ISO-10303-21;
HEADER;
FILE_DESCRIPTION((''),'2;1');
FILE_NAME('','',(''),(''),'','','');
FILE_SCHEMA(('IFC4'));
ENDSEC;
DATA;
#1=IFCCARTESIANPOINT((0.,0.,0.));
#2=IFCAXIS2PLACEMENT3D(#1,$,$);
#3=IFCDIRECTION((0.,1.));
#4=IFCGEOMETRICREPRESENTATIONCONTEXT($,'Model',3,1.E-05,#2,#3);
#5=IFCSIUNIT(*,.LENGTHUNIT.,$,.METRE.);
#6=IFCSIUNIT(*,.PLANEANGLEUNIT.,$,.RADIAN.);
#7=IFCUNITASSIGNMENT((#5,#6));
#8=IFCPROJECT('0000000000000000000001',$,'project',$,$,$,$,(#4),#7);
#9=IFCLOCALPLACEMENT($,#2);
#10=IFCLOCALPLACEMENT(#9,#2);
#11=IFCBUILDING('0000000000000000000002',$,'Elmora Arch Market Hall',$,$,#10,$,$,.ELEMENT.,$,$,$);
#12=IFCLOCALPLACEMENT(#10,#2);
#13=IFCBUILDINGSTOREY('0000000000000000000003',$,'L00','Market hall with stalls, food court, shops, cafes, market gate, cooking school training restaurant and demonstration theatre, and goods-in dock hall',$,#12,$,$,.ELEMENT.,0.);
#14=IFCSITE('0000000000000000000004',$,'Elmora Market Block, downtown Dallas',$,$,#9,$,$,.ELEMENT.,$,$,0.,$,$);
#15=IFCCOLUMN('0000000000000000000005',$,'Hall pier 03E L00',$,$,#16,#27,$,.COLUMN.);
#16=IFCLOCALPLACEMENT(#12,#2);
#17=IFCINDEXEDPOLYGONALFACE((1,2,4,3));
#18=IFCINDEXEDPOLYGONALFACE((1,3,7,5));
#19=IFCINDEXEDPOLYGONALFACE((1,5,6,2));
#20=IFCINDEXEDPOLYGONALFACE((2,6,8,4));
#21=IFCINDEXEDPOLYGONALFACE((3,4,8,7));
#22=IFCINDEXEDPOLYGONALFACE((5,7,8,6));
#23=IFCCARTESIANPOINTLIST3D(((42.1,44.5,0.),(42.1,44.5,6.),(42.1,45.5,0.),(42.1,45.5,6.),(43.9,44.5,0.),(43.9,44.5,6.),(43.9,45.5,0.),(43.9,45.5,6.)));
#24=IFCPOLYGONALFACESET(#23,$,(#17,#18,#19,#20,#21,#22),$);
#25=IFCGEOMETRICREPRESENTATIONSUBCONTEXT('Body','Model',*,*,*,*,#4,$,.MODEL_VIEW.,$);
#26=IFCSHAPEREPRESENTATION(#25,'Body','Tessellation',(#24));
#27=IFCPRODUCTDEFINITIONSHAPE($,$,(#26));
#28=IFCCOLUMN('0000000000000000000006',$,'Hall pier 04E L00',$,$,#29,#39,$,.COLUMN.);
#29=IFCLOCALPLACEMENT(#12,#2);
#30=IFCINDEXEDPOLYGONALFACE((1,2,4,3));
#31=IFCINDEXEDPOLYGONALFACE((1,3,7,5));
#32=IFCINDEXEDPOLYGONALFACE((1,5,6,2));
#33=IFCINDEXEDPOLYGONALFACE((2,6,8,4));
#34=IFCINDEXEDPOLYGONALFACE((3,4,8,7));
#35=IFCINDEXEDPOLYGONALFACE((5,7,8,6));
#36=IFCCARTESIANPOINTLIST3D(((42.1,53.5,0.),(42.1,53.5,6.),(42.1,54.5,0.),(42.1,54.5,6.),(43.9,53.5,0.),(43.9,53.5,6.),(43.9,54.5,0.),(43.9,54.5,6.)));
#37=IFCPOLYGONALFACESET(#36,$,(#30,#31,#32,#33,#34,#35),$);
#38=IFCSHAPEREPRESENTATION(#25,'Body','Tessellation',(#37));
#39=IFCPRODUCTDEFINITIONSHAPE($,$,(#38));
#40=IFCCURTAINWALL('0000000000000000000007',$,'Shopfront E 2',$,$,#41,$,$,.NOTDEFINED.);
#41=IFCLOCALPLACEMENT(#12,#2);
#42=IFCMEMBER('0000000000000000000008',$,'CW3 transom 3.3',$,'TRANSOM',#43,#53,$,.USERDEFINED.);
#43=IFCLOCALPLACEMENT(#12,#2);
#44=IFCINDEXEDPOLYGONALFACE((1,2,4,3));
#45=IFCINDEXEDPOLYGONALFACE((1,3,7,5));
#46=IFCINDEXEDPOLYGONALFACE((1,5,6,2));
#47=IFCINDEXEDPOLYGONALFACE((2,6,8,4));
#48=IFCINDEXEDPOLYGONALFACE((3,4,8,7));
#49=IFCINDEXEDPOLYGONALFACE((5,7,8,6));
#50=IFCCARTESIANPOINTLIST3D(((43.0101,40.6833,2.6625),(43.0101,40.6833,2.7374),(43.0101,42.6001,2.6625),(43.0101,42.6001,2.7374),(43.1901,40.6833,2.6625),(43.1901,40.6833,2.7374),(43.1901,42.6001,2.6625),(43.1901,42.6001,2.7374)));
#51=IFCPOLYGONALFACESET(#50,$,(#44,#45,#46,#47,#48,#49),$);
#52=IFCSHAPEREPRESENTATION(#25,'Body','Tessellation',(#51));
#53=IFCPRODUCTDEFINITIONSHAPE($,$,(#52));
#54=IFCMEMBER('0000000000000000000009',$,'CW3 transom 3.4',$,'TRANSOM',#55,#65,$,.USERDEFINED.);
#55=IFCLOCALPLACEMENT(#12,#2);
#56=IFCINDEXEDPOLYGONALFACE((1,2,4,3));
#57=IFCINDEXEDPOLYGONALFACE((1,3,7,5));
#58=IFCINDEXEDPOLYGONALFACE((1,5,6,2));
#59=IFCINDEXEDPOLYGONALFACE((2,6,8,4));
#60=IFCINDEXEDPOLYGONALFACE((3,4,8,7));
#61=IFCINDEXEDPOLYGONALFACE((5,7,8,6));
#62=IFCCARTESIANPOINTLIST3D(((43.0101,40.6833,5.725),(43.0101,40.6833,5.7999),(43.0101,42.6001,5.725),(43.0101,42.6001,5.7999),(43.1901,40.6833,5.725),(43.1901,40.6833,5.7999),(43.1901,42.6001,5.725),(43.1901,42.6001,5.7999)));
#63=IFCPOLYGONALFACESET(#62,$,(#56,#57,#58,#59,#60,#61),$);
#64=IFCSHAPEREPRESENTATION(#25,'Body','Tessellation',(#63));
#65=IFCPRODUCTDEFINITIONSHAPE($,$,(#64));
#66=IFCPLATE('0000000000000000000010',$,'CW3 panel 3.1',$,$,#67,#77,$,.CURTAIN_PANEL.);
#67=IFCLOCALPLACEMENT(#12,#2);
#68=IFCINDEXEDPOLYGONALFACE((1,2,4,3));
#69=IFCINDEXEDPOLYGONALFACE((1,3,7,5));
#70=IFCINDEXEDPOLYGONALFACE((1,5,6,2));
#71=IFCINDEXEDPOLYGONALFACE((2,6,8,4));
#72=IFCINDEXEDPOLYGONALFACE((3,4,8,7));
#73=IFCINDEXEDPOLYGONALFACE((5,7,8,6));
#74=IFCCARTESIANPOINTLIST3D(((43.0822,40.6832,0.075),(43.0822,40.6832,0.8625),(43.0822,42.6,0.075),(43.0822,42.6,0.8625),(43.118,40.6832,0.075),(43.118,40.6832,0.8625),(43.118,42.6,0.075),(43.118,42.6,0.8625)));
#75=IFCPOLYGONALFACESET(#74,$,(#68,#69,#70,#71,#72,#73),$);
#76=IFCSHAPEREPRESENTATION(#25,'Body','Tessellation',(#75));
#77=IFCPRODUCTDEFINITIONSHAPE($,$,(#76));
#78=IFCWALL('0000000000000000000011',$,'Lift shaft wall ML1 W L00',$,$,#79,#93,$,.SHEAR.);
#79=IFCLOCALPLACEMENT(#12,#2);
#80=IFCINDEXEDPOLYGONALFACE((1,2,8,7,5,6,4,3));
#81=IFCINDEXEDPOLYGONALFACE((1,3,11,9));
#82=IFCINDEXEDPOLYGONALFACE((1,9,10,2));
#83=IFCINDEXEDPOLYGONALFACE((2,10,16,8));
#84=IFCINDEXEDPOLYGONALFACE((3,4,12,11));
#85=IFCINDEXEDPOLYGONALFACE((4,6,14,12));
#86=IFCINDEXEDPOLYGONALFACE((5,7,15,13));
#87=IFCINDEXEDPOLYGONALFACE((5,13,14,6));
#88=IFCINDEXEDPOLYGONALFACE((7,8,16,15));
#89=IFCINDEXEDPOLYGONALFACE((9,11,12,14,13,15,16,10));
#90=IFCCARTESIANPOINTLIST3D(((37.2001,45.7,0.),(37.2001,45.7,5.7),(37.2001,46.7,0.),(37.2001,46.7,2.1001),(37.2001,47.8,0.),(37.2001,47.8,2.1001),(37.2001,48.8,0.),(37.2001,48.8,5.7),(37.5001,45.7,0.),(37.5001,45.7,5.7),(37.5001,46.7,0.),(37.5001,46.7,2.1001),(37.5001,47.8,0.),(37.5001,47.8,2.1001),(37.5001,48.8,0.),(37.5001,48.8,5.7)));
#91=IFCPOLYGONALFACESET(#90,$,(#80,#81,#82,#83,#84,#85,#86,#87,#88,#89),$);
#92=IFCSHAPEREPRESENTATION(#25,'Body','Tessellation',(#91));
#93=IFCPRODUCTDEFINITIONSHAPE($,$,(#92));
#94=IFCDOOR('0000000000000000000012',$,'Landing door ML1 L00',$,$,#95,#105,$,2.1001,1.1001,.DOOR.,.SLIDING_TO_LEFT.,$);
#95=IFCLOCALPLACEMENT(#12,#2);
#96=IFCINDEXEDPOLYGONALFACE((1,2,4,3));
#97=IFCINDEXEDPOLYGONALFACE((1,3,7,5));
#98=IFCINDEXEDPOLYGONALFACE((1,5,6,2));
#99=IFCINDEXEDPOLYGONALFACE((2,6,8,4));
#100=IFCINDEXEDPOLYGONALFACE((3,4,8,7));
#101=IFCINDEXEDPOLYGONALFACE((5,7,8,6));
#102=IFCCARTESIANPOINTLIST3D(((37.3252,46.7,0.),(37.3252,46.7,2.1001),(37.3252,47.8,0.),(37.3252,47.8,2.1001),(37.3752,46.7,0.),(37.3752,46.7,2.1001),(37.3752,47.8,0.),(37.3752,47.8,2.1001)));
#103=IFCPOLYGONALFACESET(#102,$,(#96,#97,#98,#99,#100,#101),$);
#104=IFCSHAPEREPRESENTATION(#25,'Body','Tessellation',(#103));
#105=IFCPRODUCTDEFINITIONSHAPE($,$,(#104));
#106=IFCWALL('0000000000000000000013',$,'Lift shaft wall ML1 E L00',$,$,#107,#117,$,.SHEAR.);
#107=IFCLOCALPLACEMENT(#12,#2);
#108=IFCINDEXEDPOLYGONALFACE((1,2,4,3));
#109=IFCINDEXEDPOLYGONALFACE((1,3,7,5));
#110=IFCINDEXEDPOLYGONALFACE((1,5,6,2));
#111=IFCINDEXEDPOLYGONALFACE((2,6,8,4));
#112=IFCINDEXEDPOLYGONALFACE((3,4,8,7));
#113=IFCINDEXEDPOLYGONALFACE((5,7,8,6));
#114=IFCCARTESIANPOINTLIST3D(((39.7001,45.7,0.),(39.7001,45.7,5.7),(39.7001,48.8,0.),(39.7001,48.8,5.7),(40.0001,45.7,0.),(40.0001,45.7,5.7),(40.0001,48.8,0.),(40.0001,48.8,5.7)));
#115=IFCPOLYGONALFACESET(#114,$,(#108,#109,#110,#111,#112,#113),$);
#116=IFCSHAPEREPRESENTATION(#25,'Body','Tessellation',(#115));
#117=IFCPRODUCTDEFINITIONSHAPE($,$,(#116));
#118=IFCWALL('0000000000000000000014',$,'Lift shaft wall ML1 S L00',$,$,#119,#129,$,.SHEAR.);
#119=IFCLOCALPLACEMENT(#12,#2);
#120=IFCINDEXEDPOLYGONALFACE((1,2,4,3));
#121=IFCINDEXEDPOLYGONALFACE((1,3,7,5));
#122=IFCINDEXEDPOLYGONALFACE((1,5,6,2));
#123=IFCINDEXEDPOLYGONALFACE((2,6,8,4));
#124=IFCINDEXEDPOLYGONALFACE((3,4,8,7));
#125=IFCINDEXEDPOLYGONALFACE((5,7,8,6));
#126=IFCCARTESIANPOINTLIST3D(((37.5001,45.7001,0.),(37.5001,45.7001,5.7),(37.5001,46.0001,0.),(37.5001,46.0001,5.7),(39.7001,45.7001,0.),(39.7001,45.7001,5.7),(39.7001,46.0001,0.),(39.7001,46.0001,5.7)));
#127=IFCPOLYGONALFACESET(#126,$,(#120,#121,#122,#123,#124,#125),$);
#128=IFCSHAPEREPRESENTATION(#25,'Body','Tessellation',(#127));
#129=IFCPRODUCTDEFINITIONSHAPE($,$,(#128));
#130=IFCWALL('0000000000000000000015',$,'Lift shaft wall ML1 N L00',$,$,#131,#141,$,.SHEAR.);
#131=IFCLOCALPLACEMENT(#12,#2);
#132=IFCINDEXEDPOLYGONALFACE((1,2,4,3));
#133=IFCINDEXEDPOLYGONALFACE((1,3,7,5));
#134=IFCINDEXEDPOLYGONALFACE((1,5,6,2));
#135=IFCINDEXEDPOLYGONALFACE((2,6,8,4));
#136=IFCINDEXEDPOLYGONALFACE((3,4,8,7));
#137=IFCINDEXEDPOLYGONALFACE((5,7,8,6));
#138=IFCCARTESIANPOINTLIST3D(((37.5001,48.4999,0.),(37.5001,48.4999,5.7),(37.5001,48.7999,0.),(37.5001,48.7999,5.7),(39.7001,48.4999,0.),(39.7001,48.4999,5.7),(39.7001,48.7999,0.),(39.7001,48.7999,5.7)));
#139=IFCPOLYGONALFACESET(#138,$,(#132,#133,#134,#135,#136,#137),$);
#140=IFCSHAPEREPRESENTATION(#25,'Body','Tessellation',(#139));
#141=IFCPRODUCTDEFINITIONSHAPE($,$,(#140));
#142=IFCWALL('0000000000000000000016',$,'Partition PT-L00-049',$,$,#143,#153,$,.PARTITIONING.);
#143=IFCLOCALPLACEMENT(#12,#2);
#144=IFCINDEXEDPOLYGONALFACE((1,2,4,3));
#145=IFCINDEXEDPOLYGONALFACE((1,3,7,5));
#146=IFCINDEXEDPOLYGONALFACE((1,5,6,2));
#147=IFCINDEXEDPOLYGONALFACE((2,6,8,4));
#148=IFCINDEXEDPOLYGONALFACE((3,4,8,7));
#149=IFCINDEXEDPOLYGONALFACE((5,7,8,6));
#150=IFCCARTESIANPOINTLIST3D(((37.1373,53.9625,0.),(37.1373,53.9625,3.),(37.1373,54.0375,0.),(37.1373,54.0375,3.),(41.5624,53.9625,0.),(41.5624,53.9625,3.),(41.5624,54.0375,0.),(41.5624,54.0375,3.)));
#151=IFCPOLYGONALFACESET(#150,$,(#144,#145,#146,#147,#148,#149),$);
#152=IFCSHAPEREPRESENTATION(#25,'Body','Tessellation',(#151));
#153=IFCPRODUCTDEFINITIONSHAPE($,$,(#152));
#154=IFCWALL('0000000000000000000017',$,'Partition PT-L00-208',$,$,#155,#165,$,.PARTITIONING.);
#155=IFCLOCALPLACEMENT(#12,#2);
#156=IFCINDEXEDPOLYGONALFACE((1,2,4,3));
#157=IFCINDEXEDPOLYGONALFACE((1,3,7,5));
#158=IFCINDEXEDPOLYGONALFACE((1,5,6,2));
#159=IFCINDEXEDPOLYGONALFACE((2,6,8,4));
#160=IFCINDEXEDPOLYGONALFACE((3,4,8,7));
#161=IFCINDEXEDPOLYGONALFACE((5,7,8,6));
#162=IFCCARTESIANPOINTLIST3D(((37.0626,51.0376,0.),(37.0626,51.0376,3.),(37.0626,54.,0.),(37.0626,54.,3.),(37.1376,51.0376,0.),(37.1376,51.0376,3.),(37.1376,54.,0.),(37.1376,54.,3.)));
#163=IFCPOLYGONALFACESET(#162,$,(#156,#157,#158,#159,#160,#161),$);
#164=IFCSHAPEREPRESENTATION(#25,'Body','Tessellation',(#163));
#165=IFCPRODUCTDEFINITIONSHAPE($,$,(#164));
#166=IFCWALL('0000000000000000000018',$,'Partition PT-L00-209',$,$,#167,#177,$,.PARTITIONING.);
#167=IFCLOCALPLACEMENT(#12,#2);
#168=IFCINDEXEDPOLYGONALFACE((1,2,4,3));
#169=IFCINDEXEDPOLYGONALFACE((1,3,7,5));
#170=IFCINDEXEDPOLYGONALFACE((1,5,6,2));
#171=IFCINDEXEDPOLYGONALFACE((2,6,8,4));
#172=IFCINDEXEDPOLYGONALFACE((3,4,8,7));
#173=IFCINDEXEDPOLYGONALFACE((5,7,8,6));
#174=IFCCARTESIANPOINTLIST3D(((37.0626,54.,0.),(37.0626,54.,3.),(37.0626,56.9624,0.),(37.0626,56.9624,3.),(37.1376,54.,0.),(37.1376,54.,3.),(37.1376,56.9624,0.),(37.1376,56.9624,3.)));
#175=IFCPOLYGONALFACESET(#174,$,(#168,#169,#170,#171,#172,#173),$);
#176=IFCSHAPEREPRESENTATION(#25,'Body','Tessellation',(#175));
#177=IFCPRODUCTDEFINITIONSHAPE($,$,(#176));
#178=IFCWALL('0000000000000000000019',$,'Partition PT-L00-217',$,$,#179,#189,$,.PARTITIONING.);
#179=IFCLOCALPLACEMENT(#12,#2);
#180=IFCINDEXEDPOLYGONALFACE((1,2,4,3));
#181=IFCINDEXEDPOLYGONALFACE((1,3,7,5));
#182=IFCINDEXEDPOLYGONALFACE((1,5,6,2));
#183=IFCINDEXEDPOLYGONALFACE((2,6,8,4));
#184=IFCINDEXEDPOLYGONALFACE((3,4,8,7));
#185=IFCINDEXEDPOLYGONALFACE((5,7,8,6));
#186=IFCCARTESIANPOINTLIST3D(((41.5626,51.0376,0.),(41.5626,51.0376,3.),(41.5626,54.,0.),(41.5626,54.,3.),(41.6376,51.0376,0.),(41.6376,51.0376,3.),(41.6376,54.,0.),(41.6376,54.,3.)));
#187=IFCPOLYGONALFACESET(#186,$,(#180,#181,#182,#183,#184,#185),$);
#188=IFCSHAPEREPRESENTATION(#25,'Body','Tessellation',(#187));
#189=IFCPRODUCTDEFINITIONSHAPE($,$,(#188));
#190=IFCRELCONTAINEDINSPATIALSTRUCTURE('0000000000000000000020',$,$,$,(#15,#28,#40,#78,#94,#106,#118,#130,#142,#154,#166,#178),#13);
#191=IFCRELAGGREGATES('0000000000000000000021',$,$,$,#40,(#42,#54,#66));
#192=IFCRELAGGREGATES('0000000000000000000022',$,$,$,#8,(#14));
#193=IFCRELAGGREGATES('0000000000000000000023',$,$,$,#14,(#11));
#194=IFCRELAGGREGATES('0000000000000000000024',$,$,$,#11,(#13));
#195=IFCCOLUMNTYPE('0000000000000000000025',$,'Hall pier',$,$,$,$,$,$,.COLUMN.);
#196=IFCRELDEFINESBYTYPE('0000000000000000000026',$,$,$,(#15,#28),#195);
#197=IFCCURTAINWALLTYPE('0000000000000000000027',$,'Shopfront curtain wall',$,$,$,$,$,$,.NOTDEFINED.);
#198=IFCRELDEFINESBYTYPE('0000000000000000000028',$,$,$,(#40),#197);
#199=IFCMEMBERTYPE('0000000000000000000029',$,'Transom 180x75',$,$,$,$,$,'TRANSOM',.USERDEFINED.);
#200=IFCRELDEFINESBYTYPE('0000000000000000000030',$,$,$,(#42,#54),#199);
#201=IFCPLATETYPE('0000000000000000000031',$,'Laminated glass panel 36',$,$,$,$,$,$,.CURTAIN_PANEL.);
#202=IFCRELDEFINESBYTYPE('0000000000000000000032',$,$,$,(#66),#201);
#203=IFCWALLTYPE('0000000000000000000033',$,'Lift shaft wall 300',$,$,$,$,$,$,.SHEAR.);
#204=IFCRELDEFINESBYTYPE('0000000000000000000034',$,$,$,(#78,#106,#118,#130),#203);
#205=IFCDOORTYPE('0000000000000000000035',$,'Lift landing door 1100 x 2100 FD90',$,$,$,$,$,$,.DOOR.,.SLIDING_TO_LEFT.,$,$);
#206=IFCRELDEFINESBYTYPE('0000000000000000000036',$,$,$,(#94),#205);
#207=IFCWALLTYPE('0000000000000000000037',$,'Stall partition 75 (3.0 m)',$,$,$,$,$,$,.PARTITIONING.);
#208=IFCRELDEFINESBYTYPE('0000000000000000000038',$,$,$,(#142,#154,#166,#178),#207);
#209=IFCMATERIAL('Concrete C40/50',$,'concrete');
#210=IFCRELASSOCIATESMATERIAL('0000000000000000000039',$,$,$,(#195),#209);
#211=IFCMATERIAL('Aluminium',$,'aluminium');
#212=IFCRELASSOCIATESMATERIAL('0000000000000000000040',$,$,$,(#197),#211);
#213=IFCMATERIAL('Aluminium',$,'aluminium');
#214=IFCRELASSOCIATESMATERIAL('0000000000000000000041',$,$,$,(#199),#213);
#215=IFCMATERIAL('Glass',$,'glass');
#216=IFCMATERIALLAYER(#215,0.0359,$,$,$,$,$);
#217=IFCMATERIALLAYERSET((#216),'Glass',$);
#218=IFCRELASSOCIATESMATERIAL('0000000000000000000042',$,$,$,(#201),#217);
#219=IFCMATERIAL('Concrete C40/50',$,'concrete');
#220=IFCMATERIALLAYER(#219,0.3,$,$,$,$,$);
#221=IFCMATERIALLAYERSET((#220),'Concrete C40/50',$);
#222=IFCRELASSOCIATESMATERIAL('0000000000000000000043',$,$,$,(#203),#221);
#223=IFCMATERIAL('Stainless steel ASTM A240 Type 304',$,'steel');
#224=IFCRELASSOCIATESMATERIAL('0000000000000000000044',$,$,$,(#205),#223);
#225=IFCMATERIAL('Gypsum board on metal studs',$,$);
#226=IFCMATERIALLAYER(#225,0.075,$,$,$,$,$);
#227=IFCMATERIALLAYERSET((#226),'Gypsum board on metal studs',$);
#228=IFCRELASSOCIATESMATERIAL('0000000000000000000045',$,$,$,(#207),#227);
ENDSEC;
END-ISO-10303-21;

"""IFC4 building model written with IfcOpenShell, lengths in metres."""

from ifc_helpers import new_model, si_unit, direction, frame, frame_2d, origin, origin_2d, place, context, subcontext, project, spatial, rectangle, extrude, material, layer, layer_set, material_profile, profile_set, type_object, element, fill, aggregate, save


model = new_model("IFC4")

# Units and contexts
model_context = context("Model", 3, precision=1e-05, world=origin(), true_north=direction((0.0, 1.0)))
body_context = subcontext(model_context, "Body", "Model", "MODEL_VIEW")
ifc_project = project(units=[si_unit("LENGTHUNIT", "METRE"), si_unit("PLANEANGLEUNIT", "RADIAN")], contexts=[model_context])

# Site, building, storey
site_placement = place(None, origin())
site = spatial("IfcSite", under=ifc_project, at=site_placement, Name="Elmora Market Block, downtown Dallas", CompositionType="ELEMENT", RefElevation=0.0)
building_placement = place(site_placement, origin())
building = spatial("IfcBuilding", under=site, at=building_placement, Name="Elmora Arch Market Hall", CompositionType="ELEMENT")
storey_placement = place(building_placement, origin())
storey = spatial("IfcBuildingStorey", under=building, at=storey_placement, Name="L00", Description="Market hall with stalls, food court, shops, cafes, market gate, cooking school training restaurant and demonstration theatre, and goods-in dock hall", CompositionType="ELEMENT", Elevation=0.0)

# Columns
ifc_material_1 = material(Name="Concrete C40/50", Category="concrete")
ifc_material_profile_1 = material_profile(ifc_material_1, rectangle(XDim=1.8, YDim=1.0, at=origin_2d()), Name="Hall pier")
ifc_profile_set_1 = profile_set([ifc_material_profile_1], Name="Concrete C40/50")
column_type = type_object("IfcColumnType", Name="Hall pier", PredefinedType="COLUMN", material=ifc_profile_set_1)
for number, where, z_axis, x_axis, name in (
    (1, (43.0, 45.0, 0.0), (0.0, 0.0, 1.0), (1.0, 0.0, 0.0), "Hall pier 03E L00"),
    (2, (43.0, 54.0, 0.0), (0.0, 0.0, 1.0), (1.0, 0.0, 0.0), "Hall pier 04E L00"),
):
    element("IfcColumn", number, at=place(storey_placement, frame(where, z_axis=z_axis, x_axis=x_axis)), inside=storey, type_object=column_type, Name=name, PredefinedType="COLUMN", context=body_context, shape_type="SweptSolid", body=[
        extrude(rectangle(XDim=1.8, YDim=1.0, at=origin_2d()), origin(), (0.0, 0.0, 1.0), 6.0),
    ])

# Curtain wall, members, plate
ifc_material_2 = material(Name="Aluminium", Category="aluminium")
curtain_wall_type = type_object("IfcCurtainWallType", Name="Shopfront curtain wall", PredefinedType="NOTDEFINED", material=ifc_material_2)
curtain_wall_placement = place(storey_placement, origin())
curtain_wall = element("IfcCurtainWall", 3, at=curtain_wall_placement, inside=storey, type_object=curtain_wall_type, Name="Shopfront E 2", PredefinedType="NOTDEFINED")
ifc_material_3 = material(Name="Aluminium", Category="aluminium")
ifc_material_profile_2 = material_profile(ifc_material_3, rectangle(XDim=0.1799, YDim=0.075, at=origin_2d()), Name="AL 180x75")
ifc_profile_set_2 = profile_set([ifc_material_profile_2], Name="Aluminium")
member_type = type_object("IfcMemberType", Name="Transom 180x75", ElementType="TRANSOM", PredefinedType="USERDEFINED", material=ifc_profile_set_2)
member_1_placement = place(storey_placement, frame((43.1001, 40.6833, 2.7), z_axis=(0.0, 1.0, 0.0), x_axis=(-1.0, 0.0, 0.0)))
member_1 = element("IfcMember", 4, at=member_1_placement, type_object=member_type, Name="CW3 transom 3.3", ObjectType="TRANSOM", PredefinedType="USERDEFINED", context=body_context, shape_type="SweptSolid", body=[
    extrude(rectangle(XDim=0.1799, YDim=0.075, at=origin_2d()), origin(), (0.0, 0.0, 1.0), 1.9167),
])
member_2_placement = place(storey_placement, frame((43.1001, 40.6833, 5.7625), z_axis=(0.0, 1.0, 0.0), x_axis=(-1.0, 0.0, 0.0)))
member_2 = element("IfcMember", 5, at=member_2_placement, type_object=member_type, Name="CW3 transom 3.4", ObjectType="TRANSOM", PredefinedType="USERDEFINED", context=body_context, shape_type="SweptSolid", body=[
    extrude(rectangle(XDim=0.1799, YDim=0.075, at=origin_2d()), origin(), (0.0, 0.0, 1.0), 1.9167),
])
ifc_material_4 = material(Name="Glass", Category="glass")
ifc_layer_1 = layer(ifc_material_4, 0.0359)
ifc_layer_set_1 = layer_set([ifc_layer_1], Name="Glass")
plate_type = type_object("IfcPlateType", Name="Laminated glass panel 36", PredefinedType="CURTAIN_PANEL", material=ifc_layer_set_1)
plate_placement = place(storey_placement, frame((43.1001, 41.6416, 0.075), z_axis=(0.0, 0.0, 1.0), x_axis=(0.0, 1.0, 0.0)))
plate = element("IfcPlate", 6, at=plate_placement, type_object=plate_type, Name="CW3 panel 3.1", PredefinedType="CURTAIN_PANEL", context=body_context, shape_type="SweptSolid", body=[
    extrude(rectangle(XDim=1.9167, YDim=0.0359, at=origin_2d()), origin(), (0.0, 0.0, 1.0), 0.7876),
])
aggregate(curtain_wall, [member_1, member_2, plate])

# Wall, opening, door
ifc_material_5 = material(Name="Concrete C40/50", Category="concrete")
ifc_layer_2 = layer(ifc_material_5, 0.3)
ifc_layer_set_2 = layer_set([ifc_layer_2], Name="Concrete C40/50")
wall_type_1 = type_object("IfcWallType", Name="Lift shaft wall 300", PredefinedType="SHEAR", material=ifc_layer_set_2)
wall_1_placement = place(storey_placement, frame((37.3501, 45.7, 0.0), z_axis=(0.0, 0.0, 1.0), x_axis=(0.0, 1.0, 0.0)))
wall_1 = element("IfcWall", 7, at=wall_1_placement, inside=storey, type_object=wall_type_1, Name="Lift shaft wall ML1 W L00", PredefinedType="SHEAR", context=body_context, shape_type="SweptSolid", body=[
    extrude(rectangle(XDim=3.1001, YDim=0.3, at=frame_2d((1.55, 0.0))), origin(), (0.0, 0.0, 1.0), 5.7),
])
opening_1_placement = place(wall_1_placement, frame((1.0, 0.0, 0.0)))
opening_1 = element("IfcOpeningElement", 8, at=opening_1_placement, cuts=wall_1, PredefinedType="OPENING", context=body_context, shape_type="SweptSolid", body=[
    extrude(rectangle(XDim=1.1001, YDim=2.1001, at=frame_2d((0.55, 1.05))), frame((0.0, 0.1599, 0.0), z_axis=(0.0, -1.0, 0.0), x_axis=(1.0, 0.0, 0.0)), (0.0, 0.0, 1.0), 0.3201),
])
ifc_material_6 = material(Name="Stainless steel ASTM A240 Type 304", Category="steel")
door_type_1 = type_object("IfcDoorType", Name="Lift landing door 1100 x 2100 FD90", OperationType="SLIDING_TO_LEFT", PredefinedType="DOOR", material=ifc_material_6)
door_1_placement = place(opening_1_placement, origin())
door_1 = element("IfcDoor", 9, at=door_1_placement, inside=storey, type_object=door_type_1, Name="Landing door ML1 L00", OperationType="SLIDING_TO_LEFT", OverallHeight=2.1001, OverallWidth=1.1001, PredefinedType="DOOR", context=body_context, shape_type="SweptSolid", body=[
    extrude(rectangle(XDim=1.1001, YDim=2.1001, at=frame_2d((0.55, 1.05))), frame((0.0, 0.0249, 0.0), z_axis=(0.0, -1.0, 0.0), x_axis=(1.0, 0.0, 0.0)), (0.0, 0.0, 1.0), 0.05),
])
fill(opening_1, door_1)

# Walls
wall_2_placement = place(storey_placement, frame((39.8501, 45.7, 0.0), z_axis=(0.0, 0.0, 1.0), x_axis=(0.0, 1.0, 0.0)))
element("IfcWall", 10, at=wall_2_placement, inside=storey, type_object=wall_type_1, Name="Lift shaft wall ML1 E L00", PredefinedType="SHEAR", context=body_context, shape_type="SweptSolid", body=[
    extrude(rectangle(XDim=3.1001, YDim=0.3, at=frame_2d((1.55, 0.0))), origin(), (0.0, 0.0, 1.0), 5.7),
])
for number, where, z_axis, x_axis, name in (
    (11, (37.5, 45.8501, 0.0), (0.0, 0.0, 1.0), (1.0, 0.0, 0.0), "Lift shaft wall ML1 S L00"),
    (12, (37.5, 48.6499, 0.0), (0.0, 0.0, 1.0), (1.0, 0.0, 0.0), "Lift shaft wall ML1 N L00"),
):
    element("IfcWall", number, at=place(storey_placement, frame(where, z_axis=z_axis, x_axis=x_axis)), inside=storey, type_object=wall_type_1, Name=name, PredefinedType="SHEAR", context=body_context, shape_type="SweptSolid", body=[
        extrude(rectangle(XDim=2.2, YDim=0.3, at=frame_2d((1.1001, 0.0))), origin(), (0.0, 0.0, 1.0), 5.7),
    ])

# Shared definitions
ifc_material_7 = material(Name="Gypsum board on metal studs")
ifc_layer_3 = layer(ifc_material_7, 0.075)
ifc_layer_set_3 = layer_set([ifc_layer_3], Name="Gypsum board on metal studs")
wall_type_2 = type_object("IfcWallType", Name="Stall partition 75 (3.0 m)", PredefinedType="PARTITIONING", material=ifc_layer_set_3)

# Wall
wall_3_placement = place(storey_placement, frame((37.1375, 54.0, 0.0), z_axis=(0.0, 0.0, 1.0), x_axis=(1.0, 0.0, 0.0)))
element("IfcWall", 13, at=wall_3_placement, inside=storey, type_object=wall_type_2, Name="Partition PT-L00-049", PredefinedType="PARTITIONING", context=body_context, shape_type="SweptSolid", body=[
    extrude(rectangle(XDim=4.425, YDim=0.075, at=frame_2d((2.2124, 0.0))), origin(), (0.0, 0.0, 1.0), 3.0),
])

# Walls
for number, where, z_axis, x_axis, name in (
    (14, (37.1001, 51.0376, 0.0), (0.0, 0.0, 1.0), (0.0, 1.0, 0.0), "Partition PT-L00-208"),
    (15, (37.1001, 54.0, 0.0), (0.0, 0.0, 1.0), (0.0, 1.0, 0.0), "Partition PT-L00-209"),
    (16, (41.6001, 51.0376, 0.0), (0.0, 0.0, 1.0), (0.0, 1.0, 0.0), "Partition PT-L00-217"),
):
    element("IfcWall", number, at=place(storey_placement, frame(where, z_axis=z_axis, x_axis=x_axis)), inside=storey, type_object=wall_type_2, Name=name, PredefinedType="PARTITIONING", context=body_context, shape_type="SweptSolid", body=[
        extrude(rectangle(XDim=2.9624, YDim=0.075, at=frame_2d((1.4812, 0.0))), origin(), (0.0, 0.0, 1.0), 3.0),
    ])

save(model, "model.ifc")
